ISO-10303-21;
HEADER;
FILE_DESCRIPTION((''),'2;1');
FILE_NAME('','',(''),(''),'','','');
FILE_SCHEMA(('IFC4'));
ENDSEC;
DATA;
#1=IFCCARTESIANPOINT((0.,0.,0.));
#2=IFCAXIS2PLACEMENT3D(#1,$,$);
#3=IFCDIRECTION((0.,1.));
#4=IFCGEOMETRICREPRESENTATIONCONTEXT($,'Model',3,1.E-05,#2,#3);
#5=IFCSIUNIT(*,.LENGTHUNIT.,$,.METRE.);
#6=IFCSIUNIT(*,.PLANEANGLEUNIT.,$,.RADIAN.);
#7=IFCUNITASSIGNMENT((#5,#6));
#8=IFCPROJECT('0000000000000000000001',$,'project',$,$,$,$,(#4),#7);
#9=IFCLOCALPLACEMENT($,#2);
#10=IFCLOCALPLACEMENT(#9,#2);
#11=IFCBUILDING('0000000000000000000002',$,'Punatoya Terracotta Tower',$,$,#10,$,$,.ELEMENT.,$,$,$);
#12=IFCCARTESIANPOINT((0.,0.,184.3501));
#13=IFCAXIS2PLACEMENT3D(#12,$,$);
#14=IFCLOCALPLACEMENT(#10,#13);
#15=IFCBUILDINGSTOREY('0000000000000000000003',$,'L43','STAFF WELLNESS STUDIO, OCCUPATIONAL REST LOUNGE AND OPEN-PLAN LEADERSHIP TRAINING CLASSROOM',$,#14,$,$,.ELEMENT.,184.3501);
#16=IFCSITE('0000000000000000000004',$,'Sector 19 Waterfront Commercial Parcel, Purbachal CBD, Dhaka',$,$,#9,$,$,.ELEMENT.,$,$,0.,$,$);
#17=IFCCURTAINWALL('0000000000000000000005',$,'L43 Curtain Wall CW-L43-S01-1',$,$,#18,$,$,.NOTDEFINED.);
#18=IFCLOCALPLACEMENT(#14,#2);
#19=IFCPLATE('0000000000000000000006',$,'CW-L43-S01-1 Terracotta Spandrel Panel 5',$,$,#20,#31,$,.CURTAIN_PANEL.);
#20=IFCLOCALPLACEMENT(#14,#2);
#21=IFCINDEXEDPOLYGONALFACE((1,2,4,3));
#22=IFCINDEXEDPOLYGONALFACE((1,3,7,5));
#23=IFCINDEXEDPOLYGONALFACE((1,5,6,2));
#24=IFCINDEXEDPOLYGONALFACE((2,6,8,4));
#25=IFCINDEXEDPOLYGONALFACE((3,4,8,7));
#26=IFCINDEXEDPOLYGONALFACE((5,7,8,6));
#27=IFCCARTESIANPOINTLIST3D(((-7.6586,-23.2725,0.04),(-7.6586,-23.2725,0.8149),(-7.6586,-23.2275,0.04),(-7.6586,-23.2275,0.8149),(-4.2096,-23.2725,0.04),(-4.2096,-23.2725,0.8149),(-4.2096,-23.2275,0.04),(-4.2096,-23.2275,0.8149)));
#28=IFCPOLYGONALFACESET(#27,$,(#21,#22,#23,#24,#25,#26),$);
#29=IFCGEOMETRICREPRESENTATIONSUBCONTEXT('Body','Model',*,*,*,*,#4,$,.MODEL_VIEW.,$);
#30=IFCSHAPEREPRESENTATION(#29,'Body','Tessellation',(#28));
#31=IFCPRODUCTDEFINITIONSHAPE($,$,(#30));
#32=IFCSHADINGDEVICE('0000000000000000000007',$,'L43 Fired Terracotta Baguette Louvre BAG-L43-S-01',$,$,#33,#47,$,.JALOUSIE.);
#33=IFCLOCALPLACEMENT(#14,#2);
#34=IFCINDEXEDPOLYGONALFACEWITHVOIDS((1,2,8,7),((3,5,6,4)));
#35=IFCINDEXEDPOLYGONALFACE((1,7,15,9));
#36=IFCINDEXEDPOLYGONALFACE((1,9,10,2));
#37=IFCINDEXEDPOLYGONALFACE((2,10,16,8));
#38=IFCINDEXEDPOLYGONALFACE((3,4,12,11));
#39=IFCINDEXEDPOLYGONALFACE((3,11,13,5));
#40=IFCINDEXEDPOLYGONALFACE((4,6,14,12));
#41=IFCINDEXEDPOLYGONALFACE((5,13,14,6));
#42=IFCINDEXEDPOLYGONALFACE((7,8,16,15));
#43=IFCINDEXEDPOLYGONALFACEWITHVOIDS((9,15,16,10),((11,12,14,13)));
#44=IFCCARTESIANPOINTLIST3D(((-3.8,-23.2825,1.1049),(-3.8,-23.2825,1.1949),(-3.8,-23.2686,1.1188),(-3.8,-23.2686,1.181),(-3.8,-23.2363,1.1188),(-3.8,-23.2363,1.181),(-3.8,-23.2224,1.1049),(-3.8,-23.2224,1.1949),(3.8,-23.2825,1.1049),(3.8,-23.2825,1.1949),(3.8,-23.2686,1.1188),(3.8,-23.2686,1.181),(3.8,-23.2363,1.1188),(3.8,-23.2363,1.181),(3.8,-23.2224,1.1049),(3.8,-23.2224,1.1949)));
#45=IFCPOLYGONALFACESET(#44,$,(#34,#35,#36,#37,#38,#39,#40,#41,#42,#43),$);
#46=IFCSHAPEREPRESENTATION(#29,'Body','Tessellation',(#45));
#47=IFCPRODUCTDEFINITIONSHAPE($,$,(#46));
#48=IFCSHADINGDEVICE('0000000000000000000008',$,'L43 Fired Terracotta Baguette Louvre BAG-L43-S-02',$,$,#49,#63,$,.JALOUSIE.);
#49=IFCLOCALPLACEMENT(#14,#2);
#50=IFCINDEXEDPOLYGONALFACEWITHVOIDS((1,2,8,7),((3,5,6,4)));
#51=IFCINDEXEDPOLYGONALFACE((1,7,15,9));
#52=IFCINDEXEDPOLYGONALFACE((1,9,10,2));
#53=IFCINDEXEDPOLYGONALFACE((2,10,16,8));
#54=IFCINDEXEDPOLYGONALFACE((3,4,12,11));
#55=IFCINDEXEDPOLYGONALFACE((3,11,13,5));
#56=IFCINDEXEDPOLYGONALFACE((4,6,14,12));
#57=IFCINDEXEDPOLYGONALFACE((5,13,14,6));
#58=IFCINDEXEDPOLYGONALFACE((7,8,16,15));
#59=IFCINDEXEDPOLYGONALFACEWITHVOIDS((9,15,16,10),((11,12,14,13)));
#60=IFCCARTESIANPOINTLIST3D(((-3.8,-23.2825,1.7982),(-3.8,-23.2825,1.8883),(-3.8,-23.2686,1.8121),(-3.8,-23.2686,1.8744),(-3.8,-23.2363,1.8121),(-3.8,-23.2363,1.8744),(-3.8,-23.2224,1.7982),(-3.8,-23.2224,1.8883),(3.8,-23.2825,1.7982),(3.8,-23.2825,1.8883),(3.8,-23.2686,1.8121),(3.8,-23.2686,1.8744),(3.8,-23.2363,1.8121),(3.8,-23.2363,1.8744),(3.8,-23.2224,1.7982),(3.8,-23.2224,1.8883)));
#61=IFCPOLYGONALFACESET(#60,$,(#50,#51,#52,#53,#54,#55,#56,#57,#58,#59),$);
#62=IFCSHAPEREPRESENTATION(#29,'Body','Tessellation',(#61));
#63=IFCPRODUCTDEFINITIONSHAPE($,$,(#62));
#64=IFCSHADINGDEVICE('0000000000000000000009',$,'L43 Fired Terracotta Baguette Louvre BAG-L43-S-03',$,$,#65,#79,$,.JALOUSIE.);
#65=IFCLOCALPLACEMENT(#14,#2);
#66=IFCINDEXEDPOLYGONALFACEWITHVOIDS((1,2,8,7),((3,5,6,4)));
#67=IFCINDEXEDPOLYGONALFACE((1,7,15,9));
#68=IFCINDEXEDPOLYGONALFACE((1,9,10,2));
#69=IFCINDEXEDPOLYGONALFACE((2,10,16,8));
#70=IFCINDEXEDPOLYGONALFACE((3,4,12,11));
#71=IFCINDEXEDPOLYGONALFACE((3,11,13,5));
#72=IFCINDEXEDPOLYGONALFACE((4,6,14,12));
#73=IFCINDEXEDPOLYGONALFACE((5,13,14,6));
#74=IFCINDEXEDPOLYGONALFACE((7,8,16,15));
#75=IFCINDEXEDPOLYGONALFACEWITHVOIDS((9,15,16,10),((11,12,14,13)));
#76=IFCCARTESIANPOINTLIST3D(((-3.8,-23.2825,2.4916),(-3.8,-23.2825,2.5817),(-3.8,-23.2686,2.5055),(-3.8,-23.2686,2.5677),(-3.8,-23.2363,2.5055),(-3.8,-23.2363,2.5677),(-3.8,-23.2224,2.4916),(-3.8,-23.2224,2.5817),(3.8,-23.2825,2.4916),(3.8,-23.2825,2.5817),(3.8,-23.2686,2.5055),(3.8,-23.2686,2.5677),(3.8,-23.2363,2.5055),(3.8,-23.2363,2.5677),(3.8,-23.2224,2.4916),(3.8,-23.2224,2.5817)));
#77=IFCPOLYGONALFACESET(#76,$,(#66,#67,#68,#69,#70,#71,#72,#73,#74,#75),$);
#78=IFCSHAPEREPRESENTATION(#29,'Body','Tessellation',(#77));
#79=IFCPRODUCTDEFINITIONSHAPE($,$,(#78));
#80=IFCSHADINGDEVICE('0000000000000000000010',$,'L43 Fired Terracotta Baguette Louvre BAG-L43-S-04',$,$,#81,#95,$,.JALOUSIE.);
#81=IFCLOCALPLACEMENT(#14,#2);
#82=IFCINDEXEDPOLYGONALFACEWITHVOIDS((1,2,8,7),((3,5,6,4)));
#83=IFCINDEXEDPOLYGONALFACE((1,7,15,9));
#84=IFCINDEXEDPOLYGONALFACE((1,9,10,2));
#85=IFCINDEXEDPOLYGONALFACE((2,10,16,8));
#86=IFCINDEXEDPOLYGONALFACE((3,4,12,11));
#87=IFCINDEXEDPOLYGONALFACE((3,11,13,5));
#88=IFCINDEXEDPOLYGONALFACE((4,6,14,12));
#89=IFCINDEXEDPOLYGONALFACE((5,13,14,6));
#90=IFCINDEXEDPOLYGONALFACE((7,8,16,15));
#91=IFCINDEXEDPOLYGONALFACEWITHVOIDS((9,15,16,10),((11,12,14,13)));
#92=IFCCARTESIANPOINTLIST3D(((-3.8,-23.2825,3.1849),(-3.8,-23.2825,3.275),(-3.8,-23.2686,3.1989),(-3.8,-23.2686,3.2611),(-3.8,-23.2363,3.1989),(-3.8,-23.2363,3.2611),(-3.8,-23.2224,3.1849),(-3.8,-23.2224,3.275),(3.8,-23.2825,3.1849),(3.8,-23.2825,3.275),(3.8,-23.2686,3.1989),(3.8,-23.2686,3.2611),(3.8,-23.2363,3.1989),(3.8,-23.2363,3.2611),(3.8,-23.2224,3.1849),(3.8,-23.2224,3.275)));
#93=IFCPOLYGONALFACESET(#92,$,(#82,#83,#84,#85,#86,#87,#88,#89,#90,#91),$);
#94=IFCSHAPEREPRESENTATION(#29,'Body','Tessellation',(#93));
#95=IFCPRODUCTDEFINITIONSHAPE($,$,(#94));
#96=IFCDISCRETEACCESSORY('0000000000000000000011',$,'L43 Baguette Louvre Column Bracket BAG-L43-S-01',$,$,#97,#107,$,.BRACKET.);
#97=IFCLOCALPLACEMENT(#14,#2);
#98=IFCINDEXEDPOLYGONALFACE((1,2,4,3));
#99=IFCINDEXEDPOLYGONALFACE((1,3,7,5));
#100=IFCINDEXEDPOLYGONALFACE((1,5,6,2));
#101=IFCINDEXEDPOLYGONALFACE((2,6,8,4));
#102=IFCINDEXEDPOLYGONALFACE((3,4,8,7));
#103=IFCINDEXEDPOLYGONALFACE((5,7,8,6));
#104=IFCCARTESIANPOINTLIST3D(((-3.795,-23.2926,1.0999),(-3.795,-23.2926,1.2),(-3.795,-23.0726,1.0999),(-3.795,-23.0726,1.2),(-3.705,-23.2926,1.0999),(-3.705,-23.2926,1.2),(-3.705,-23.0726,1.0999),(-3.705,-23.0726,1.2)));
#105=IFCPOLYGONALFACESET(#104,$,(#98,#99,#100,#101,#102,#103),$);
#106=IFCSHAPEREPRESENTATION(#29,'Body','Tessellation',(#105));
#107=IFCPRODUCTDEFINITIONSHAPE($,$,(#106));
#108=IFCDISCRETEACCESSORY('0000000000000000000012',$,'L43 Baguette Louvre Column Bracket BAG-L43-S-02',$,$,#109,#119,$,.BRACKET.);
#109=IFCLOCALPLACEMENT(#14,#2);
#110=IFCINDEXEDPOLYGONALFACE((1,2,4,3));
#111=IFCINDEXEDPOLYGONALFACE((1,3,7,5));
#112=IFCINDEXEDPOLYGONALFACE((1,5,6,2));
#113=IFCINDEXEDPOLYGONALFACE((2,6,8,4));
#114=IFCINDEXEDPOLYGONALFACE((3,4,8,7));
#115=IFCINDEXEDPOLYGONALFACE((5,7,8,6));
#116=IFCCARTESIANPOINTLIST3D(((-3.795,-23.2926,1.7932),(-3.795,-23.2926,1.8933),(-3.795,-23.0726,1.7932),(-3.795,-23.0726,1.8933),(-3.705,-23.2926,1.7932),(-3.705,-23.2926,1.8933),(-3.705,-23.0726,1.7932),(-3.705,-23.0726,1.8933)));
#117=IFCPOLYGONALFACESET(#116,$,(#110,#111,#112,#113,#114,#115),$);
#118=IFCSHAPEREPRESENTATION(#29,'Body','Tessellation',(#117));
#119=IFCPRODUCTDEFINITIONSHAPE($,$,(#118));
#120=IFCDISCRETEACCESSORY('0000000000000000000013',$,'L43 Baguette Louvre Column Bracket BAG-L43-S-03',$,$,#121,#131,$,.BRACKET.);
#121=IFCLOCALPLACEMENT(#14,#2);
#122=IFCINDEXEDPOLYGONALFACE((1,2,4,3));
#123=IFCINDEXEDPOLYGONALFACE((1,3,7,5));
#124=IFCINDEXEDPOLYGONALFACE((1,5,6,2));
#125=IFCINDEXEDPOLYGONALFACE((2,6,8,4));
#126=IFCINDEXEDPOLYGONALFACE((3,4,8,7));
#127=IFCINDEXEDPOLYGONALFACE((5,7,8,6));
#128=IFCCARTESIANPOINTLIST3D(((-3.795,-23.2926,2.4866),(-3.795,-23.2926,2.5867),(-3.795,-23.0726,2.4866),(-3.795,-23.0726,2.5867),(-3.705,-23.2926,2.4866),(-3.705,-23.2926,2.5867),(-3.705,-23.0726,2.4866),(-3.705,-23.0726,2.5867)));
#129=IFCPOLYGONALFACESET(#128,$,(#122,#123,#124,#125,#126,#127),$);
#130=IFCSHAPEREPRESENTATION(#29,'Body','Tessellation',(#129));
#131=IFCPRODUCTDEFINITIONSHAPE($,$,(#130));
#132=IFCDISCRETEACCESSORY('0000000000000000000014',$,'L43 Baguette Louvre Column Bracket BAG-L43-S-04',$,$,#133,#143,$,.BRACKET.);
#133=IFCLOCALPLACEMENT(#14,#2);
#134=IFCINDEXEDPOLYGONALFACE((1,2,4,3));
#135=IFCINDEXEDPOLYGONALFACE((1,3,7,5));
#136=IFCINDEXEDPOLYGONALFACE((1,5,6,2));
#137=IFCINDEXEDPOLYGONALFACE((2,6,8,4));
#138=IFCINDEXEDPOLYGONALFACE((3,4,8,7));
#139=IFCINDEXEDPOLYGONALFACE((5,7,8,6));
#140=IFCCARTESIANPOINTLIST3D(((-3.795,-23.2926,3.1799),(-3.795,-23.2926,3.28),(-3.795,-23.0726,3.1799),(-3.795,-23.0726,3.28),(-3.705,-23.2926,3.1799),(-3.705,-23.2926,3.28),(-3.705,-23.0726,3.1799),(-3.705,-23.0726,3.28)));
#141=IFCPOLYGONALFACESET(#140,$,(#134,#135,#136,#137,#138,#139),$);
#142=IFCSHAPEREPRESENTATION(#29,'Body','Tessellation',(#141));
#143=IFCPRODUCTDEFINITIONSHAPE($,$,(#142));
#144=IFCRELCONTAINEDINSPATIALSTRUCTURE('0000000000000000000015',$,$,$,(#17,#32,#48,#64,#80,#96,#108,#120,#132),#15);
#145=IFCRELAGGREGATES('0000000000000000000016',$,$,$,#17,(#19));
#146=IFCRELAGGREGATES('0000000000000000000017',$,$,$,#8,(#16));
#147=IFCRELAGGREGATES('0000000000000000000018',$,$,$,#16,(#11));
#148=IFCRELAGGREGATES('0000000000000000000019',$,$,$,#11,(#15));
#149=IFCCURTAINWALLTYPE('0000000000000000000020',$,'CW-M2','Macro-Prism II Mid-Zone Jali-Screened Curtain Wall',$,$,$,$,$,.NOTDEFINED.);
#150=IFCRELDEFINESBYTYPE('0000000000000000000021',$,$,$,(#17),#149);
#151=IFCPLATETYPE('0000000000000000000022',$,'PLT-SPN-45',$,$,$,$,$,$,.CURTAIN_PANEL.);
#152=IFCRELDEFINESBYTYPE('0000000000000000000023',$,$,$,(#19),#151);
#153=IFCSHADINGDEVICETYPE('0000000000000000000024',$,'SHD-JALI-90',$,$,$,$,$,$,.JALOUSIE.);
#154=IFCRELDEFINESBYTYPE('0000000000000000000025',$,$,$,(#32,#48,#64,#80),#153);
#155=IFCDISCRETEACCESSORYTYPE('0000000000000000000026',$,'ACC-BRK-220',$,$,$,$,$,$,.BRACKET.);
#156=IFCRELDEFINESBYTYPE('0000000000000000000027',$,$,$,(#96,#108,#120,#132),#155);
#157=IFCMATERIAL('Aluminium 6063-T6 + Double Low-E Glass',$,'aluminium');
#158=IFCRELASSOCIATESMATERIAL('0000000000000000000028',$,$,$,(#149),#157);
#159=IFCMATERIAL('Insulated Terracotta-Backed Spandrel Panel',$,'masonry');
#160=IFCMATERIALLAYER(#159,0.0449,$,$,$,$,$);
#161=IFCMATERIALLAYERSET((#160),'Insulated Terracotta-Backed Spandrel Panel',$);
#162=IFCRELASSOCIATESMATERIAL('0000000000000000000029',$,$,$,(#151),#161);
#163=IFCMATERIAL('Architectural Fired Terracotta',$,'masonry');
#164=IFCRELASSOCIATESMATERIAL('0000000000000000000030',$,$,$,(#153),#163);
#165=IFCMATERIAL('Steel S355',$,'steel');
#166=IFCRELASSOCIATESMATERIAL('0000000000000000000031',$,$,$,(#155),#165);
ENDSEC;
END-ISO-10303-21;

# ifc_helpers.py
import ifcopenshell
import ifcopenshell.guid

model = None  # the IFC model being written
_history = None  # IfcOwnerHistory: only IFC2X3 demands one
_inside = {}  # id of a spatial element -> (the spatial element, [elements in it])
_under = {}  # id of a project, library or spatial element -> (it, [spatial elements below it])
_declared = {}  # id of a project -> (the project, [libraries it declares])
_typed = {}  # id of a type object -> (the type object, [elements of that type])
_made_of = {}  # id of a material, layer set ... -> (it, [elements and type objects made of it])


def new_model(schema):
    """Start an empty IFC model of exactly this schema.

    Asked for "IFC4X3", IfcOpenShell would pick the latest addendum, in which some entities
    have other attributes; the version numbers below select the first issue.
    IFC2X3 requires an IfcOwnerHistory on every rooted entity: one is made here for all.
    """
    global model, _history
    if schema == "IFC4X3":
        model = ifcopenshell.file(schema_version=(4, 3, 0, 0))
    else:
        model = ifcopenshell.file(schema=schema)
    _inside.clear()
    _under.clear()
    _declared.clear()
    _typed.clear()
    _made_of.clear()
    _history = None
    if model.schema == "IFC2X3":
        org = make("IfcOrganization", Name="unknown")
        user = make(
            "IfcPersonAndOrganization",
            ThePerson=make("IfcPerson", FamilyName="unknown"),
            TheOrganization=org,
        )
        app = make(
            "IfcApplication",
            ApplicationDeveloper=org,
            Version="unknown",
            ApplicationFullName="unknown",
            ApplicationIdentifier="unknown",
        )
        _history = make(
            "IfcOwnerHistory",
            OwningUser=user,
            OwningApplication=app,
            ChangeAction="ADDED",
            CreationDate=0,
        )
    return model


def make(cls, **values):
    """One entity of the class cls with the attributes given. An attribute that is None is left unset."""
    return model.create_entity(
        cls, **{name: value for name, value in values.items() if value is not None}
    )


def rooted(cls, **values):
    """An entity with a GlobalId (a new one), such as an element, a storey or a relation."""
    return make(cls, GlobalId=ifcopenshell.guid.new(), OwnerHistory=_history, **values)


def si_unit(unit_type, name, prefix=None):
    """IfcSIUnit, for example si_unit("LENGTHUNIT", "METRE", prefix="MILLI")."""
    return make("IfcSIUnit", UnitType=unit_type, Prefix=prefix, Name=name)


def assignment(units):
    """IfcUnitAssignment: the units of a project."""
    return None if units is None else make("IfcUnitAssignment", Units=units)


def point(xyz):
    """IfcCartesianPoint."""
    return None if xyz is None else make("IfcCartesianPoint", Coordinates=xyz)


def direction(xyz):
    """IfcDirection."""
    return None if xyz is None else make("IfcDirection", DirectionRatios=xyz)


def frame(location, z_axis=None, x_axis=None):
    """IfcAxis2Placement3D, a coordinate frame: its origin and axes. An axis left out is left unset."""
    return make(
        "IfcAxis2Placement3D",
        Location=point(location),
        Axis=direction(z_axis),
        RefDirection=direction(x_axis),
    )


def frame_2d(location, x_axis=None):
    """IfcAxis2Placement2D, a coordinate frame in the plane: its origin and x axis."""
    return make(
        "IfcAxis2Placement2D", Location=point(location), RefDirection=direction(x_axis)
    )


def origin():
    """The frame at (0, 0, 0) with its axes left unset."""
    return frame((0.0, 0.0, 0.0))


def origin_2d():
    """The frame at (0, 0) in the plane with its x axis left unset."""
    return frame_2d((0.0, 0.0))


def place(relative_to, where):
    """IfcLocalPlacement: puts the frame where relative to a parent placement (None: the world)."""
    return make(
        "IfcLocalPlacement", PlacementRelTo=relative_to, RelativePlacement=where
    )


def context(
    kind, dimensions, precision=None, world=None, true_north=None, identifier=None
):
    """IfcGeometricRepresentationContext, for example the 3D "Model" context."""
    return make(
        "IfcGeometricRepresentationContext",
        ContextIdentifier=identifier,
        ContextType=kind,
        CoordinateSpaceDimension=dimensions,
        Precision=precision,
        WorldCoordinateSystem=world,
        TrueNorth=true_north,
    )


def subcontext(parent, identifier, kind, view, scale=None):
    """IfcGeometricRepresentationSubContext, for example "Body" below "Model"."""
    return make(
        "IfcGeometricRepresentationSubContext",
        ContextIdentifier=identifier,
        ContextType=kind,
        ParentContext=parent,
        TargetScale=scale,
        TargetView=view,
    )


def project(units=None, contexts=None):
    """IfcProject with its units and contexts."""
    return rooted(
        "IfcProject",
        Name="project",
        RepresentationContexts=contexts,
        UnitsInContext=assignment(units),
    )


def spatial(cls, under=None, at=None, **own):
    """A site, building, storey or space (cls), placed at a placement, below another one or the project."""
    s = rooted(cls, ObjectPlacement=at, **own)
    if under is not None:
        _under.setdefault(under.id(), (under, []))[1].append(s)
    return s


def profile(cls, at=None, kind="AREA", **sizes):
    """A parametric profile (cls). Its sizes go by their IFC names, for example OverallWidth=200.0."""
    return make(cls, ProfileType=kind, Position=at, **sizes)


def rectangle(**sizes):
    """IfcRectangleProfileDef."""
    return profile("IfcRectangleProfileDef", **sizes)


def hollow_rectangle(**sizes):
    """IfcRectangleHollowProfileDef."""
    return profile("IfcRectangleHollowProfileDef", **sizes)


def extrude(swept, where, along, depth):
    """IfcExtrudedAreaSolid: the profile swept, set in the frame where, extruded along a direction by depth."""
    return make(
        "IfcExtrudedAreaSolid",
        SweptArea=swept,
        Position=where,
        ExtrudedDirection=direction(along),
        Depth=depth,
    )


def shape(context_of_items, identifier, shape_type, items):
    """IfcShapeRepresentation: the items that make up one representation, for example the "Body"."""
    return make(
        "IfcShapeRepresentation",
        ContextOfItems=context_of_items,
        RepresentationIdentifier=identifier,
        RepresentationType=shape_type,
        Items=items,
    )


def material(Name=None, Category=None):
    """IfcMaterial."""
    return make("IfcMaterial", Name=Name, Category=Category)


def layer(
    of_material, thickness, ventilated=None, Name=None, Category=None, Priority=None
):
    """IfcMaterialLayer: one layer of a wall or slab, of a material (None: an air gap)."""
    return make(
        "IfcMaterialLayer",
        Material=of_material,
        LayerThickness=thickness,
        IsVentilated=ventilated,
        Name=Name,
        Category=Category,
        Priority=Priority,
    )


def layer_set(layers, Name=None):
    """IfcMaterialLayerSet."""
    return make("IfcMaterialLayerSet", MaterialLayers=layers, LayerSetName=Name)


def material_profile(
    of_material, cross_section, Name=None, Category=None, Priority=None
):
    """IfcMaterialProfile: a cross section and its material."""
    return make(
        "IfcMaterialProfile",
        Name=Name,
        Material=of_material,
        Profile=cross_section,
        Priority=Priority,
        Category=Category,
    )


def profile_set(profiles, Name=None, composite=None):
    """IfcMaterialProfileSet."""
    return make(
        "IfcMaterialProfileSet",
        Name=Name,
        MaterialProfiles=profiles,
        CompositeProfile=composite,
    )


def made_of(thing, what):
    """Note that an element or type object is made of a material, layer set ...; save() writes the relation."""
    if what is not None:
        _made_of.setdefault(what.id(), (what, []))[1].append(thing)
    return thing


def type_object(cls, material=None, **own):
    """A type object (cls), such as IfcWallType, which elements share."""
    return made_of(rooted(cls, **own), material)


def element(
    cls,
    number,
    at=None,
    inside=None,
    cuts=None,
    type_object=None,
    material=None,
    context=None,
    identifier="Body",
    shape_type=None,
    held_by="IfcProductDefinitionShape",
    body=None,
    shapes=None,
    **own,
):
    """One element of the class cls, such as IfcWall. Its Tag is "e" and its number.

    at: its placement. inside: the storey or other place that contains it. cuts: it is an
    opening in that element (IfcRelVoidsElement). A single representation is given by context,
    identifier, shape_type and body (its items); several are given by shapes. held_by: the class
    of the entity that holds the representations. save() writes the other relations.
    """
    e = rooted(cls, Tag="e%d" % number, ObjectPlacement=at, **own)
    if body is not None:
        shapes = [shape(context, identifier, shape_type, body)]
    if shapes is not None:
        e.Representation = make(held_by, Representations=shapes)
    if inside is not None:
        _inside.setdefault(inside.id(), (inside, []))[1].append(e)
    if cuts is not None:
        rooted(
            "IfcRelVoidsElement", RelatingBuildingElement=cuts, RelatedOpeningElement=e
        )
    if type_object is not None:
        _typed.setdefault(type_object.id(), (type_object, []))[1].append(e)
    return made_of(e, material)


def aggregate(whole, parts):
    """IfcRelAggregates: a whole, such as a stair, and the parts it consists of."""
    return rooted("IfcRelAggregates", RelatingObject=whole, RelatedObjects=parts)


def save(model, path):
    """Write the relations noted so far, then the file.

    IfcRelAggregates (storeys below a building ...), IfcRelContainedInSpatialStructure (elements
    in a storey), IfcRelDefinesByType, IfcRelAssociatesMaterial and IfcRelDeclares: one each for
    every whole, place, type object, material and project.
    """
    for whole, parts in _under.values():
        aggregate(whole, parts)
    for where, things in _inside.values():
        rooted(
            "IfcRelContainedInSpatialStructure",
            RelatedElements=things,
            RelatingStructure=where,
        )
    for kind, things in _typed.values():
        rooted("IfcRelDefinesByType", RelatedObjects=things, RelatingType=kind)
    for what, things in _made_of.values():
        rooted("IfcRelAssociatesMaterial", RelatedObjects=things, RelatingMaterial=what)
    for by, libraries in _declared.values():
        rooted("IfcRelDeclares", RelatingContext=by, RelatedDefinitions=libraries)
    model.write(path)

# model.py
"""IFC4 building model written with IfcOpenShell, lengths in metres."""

from ifc_helpers import new_model, si_unit, direction, frame, origin, origin_2d, place, context, subcontext, project, spatial, rectangle, hollow_rectangle, extrude, material, layer, layer_set, material_profile, profile_set, type_object, element, aggregate, save


model = new_model("IFC4")

# Units and contexts
model_context = context("Model", 3, precision=1e-05, world=origin(), true_north=direction((0.0, 1.0)))
body_context = subcontext(model_context, "Body", "Model", "MODEL_VIEW")
ifc_project = project(units=[si_unit("LENGTHUNIT", "METRE"), si_unit("PLANEANGLEUNIT", "RADIAN")], contexts=[model_context])

# Site, building, storey
site_placement = place(None, origin())
site = spatial("IfcSite", under=ifc_project, at=site_placement, Name="Sector 19 Waterfront Commercial Parcel, Purbachal CBD, Dhaka", CompositionType="ELEMENT", RefElevation=0.0)
building_placement = place(site_placement, origin())
building = spatial("IfcBuilding", under=site, at=building_placement, Name="Punatoya Terracotta Tower", CompositionType="ELEMENT")
storey_placement = place(building_placement, frame((0.0, 0.0, 184.3501)))
storey = spatial("IfcBuildingStorey", under=building, at=storey_placement, Name="L43", Description="STAFF WELLNESS STUDIO, OCCUPATIONAL REST LOUNGE AND OPEN-PLAN LEADERSHIP TRAINING CLASSROOM", CompositionType="ELEMENT", Elevation=184.3501)

# Curtain wall, plate
ifc_material_1 = material(Name="Aluminium 6063-T6 + Double Low-E Glass", Category="aluminium")
curtain_wall_type = type_object("IfcCurtainWallType", Name="CW-M2", Description="Macro-Prism II Mid-Zone Jali-Screened Curtain Wall", PredefinedType="NOTDEFINED", material=ifc_material_1)
curtain_wall_placement = place(storey_placement, origin())
curtain_wall = element("IfcCurtainWall", 1, at=curtain_wall_placement, inside=storey, type_object=curtain_wall_type, Name="L43 Curtain Wall CW-L43-S01-1", PredefinedType="NOTDEFINED")
ifc_material_2 = material(Name="Insulated Terracotta-Backed Spandrel Panel", Category="masonry")
ifc_layer_1 = layer(ifc_material_2, 0.0449)
ifc_layer_set_1 = layer_set([ifc_layer_1], Name="Insulated Terracotta-Backed Spandrel Panel")
plate_type_1 = type_object("IfcPlateType", Name="PLT-SPN-45", PredefinedType="CURTAIN_PANEL", material=ifc_layer_set_1)
plate_1_placement = place(storey_placement, frame((-5.9341, -23.25, 0.04), z_axis=(0.0, 0.0, 1.0), x_axis=(1.0, 0.0, 0.0)))
plate_1 = element("IfcPlate", 2, at=plate_1_placement, type_object=plate_type_1, Name="CW-L43-S01-1 Terracotta Spandrel Panel 5", PredefinedType="CURTAIN_PANEL", context=body_context, shape_type="SweptSolid", body=[
    extrude(rectangle(XDim=3.449, YDim=0.0449, at=origin_2d()), origin(), (0.0, 0.0, 1.0), 0.7749),
])
aggregate(curtain_wall, [plate_1])

# Shading devices
ifc_material_3 = material(Name="Architectural Fired Terracotta", Category="masonry")
ifc_material_profile_1 = material_profile(ifc_material_3, hollow_rectangle(XDim=0.0601, YDim=0.0901, WallThickness=0.0139, at=origin_2d()))
ifc_profile_set_1 = profile_set([ifc_material_profile_1], Name="Architectural Fired Terracotta")
shading_device_type = type_object("IfcShadingDeviceType", Name="SHD-JALI-90", PredefinedType="JALOUSIE", material=ifc_profile_set_1)
for number, where, z_axis, x_axis, name in (
    (3, (-3.8, -23.2524, 1.1499), (1.0, 0.0, 0.0), (0.0, 1.0, 0.0), "L43 Fired Terracotta Baguette Louvre BAG-L43-S-01"),
    (4, (-3.8, -23.2524, 1.8433), (1.0, 0.0, 0.0), (0.0, 1.0, 0.0), "L43 Fired Terracotta Baguette Louvre BAG-L43-S-02"),
    (5, (-3.8, -23.2524, 2.5366), (1.0, 0.0, 0.0), (0.0, 1.0, 0.0), "L43 Fired Terracotta Baguette Louvre BAG-L43-S-03"),
    (6, (-3.8, -23.2524, 3.23), (1.0, 0.0, 0.0), (0.0, 1.0, 0.0), "L43 Fired Terracotta Baguette Louvre BAG-L43-S-04"),
):
    element("IfcShadingDevice", number, at=place(storey_placement, frame(where, z_axis=z_axis, x_axis=x_axis)), inside=storey, type_object=shading_device_type, Name=name, PredefinedType="JALOUSIE", context=body_context, shape_type="SweptSolid", body=[
        extrude(hollow_rectangle(XDim=0.0601, YDim=0.0901, WallThickness=0.0139, at=origin_2d()), origin(), (0.0, 0.0, 1.0), 7.6001),
    ])

# Discrete accessories
ifc_material_4 = material(Name="Steel S355", Category="steel")
discrete_accessory_type = type_object("IfcDiscreteAccessoryType", Name="ACC-BRK-220", PredefinedType="BRACKET", material=ifc_material_4)
for number, where, z_axis, x_axis, name in (
    (7, (-3.75, -23.1826, 1.0999), (0.0, 0.0, 1.0), (1.0, 0.0, 0.0), "L43 Baguette Louvre Column Bracket BAG-L43-S-01"),
    (8, (-3.75, -23.1826, 1.7932), (0.0, 0.0, 1.0), (1.0, 0.0, 0.0), "L43 Baguette Louvre Column Bracket BAG-L43-S-02"),
    (9, (-3.75, -23.1826, 2.4866), (0.0, 0.0, 1.0), (1.0, 0.0, 0.0), "L43 Baguette Louvre Column Bracket BAG-L43-S-03"),
    (10, (-3.75, -23.1826, 3.1799), (0.0, 0.0, 1.0), (1.0, 0.0, 0.0), "L43 Baguette Louvre Column Bracket BAG-L43-S-04"),
):
    element("IfcDiscreteAccessory", number, at=place(storey_placement, frame(where, z_axis=z_axis, x_axis=x_axis)), inside=storey, type_object=discrete_accessory_type, Name=name, PredefinedType="BRACKET", context=body_context, shape_type="SweptSolid", body=[
        extrude(rectangle(XDim=0.0901, YDim=0.22, at=origin_2d()), origin(), (0.0, 0.0, 1.0), 0.1001),
    ])

save(model, "model.ifc")
